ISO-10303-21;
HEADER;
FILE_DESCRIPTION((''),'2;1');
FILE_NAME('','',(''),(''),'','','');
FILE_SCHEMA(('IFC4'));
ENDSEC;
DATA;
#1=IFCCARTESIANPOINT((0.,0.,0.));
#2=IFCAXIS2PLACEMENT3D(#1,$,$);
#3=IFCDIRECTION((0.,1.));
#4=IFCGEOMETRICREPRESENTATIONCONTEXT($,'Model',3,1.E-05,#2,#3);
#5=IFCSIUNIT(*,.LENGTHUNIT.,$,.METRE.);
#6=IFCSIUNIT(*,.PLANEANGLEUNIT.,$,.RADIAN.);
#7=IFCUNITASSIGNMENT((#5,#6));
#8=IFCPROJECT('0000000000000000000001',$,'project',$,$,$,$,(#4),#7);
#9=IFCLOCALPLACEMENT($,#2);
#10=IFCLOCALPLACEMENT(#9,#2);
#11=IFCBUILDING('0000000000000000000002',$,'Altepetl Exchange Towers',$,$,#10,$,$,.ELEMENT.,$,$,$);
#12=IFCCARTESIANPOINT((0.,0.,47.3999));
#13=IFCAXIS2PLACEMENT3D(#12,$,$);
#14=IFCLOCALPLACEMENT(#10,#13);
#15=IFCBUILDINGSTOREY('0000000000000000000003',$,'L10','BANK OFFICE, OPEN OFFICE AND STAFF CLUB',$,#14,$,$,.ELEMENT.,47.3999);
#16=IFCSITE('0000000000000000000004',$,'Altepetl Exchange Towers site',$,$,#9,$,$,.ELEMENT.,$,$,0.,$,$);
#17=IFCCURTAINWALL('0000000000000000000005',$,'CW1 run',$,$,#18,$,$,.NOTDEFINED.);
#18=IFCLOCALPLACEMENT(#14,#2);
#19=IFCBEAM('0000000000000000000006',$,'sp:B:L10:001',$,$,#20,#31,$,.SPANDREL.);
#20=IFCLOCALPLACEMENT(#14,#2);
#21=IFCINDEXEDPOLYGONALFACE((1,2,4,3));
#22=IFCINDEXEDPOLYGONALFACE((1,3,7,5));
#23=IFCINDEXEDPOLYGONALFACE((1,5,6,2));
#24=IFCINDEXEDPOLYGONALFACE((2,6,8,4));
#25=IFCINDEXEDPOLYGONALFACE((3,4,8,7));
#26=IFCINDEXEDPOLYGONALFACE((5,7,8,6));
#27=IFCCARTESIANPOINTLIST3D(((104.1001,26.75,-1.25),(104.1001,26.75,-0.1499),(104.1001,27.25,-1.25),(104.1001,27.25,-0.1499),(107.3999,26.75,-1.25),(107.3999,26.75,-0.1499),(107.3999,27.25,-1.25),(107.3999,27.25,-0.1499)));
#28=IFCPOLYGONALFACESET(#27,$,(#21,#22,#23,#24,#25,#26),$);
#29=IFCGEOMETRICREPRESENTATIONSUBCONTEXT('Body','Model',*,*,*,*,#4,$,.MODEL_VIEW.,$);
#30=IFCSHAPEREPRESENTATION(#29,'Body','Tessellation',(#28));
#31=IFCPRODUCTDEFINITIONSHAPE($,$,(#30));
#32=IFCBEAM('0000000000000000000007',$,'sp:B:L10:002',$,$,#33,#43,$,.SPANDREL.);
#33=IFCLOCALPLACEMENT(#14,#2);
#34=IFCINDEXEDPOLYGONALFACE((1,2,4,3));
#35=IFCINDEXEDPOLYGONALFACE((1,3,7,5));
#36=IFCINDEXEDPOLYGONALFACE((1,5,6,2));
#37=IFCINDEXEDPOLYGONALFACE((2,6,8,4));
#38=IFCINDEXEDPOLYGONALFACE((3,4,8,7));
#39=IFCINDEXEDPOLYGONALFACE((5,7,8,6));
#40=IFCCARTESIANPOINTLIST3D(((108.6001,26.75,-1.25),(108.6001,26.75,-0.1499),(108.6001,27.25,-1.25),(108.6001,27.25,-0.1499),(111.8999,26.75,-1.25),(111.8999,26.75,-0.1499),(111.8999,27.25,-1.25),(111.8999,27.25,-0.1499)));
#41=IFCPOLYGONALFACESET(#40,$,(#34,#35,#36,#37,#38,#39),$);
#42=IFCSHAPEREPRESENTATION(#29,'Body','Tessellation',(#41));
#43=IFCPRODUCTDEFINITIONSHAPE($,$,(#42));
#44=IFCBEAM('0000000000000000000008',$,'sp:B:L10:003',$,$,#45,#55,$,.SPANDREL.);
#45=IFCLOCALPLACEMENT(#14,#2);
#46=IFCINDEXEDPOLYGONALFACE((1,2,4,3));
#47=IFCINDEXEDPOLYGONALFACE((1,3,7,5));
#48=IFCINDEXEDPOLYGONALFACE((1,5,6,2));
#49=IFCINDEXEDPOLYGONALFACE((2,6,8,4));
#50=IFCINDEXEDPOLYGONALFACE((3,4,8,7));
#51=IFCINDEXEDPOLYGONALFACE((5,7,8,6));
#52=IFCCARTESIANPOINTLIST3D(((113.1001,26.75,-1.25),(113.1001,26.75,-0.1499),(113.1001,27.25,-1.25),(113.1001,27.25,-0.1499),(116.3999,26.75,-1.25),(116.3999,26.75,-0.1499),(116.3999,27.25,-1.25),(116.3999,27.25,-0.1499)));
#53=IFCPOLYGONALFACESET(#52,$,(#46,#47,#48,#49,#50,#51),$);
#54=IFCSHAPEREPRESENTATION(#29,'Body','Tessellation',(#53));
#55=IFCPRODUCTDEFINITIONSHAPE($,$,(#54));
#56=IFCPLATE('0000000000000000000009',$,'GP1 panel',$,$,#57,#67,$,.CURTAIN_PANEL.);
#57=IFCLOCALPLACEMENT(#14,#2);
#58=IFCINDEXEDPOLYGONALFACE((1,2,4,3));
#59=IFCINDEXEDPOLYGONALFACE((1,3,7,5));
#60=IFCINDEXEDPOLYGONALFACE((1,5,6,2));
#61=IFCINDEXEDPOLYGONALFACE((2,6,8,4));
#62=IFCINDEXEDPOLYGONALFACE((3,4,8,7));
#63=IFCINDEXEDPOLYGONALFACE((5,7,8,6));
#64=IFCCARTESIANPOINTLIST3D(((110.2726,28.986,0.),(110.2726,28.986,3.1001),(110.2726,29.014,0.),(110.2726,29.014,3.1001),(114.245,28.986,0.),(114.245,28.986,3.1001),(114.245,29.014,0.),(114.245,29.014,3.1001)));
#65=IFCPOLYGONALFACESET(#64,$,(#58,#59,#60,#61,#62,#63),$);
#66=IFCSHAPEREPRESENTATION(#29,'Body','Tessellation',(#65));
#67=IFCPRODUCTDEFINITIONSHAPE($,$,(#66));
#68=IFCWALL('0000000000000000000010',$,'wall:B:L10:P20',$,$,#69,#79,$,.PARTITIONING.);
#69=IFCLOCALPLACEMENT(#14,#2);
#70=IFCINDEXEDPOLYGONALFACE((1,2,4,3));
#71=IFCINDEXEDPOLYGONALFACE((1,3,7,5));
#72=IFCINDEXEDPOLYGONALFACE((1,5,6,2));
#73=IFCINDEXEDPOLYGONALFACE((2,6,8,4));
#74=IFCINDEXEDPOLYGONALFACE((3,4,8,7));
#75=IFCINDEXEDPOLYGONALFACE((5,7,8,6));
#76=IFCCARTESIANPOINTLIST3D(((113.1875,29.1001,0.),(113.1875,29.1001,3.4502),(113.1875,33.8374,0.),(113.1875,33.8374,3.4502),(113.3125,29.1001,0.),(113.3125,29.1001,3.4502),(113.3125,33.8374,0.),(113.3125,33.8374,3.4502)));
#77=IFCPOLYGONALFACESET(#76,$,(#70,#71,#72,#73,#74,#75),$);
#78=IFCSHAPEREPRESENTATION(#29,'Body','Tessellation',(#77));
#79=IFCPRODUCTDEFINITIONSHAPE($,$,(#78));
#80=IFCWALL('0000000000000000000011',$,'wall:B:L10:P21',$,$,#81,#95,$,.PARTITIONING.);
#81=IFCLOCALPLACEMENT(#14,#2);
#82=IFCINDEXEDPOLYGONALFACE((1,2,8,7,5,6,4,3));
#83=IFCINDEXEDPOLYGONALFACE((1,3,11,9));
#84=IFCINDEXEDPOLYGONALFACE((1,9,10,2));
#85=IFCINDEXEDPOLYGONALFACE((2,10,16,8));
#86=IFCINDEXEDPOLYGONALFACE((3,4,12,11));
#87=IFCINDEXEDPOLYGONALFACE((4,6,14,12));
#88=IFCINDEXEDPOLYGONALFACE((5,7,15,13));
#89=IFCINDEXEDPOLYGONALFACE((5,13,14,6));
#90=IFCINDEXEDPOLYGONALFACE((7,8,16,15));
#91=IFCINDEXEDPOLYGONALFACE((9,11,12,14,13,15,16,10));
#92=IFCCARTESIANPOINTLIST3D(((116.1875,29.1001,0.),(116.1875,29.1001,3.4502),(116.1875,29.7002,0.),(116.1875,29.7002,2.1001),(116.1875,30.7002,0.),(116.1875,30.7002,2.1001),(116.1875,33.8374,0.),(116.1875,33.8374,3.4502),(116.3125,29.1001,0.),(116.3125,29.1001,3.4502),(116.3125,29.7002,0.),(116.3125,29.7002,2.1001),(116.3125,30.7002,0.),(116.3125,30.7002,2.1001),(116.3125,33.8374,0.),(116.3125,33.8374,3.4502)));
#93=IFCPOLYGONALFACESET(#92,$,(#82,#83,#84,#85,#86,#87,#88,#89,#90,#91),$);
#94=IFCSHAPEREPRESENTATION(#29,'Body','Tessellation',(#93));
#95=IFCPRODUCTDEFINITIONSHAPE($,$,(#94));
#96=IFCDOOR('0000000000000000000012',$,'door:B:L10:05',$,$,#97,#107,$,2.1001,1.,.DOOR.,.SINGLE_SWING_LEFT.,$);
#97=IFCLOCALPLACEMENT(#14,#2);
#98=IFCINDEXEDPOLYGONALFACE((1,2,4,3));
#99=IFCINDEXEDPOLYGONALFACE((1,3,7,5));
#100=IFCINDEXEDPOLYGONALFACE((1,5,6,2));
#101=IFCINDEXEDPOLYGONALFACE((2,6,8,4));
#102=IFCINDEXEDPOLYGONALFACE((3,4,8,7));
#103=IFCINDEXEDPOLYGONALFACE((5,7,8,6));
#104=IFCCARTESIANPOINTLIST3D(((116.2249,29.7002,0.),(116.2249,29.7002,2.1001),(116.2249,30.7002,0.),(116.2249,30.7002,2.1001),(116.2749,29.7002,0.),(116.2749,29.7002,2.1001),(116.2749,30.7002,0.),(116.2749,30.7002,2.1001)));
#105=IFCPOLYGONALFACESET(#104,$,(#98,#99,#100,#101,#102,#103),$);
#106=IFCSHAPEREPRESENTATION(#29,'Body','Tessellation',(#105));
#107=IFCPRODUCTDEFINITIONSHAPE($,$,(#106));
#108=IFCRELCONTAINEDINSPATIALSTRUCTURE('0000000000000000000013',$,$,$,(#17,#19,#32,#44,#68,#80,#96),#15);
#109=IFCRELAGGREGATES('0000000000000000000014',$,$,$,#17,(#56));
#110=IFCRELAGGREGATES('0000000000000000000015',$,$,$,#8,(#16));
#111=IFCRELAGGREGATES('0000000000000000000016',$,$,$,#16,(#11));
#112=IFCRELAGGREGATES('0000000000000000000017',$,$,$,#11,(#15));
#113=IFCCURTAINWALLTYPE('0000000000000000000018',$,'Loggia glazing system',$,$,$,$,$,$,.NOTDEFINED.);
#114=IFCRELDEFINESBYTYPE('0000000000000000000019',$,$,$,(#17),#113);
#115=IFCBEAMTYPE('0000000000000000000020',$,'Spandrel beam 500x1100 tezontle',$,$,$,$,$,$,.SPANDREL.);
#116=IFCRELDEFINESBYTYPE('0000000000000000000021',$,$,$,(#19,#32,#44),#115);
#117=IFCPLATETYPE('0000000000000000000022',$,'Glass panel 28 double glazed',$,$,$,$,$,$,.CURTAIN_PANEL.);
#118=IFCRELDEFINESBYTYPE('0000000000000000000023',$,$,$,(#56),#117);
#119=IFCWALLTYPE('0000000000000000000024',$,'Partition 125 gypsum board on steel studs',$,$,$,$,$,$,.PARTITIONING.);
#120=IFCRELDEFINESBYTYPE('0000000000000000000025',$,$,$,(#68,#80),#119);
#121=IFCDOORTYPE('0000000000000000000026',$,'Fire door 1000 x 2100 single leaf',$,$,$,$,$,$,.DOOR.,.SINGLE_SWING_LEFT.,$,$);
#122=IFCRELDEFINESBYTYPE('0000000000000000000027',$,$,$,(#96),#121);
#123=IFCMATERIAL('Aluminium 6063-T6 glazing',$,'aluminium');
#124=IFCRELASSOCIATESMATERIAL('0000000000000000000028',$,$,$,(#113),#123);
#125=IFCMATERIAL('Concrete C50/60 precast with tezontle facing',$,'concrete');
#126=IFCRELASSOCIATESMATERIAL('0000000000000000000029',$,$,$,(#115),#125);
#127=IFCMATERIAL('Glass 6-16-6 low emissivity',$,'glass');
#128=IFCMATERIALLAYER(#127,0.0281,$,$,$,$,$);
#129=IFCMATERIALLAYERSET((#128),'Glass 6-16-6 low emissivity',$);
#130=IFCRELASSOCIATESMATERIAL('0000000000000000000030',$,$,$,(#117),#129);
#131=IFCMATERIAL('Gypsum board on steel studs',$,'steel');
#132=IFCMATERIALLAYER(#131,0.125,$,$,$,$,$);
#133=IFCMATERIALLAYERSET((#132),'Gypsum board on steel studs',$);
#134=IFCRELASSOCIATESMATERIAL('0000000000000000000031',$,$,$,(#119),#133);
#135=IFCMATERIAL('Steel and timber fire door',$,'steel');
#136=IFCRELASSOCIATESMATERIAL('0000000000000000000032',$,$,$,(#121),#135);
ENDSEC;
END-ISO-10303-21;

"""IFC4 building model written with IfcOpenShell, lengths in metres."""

from ifc_helpers import new_model, si_unit, direction, frame, frame_2d, origin, origin_2d, place, context, subcontext, project, spatial, rectangle, extrude, material, layer, layer_set, material_profile, profile_set, type_object, element, fill, aggregate, save


model = new_model("IFC4")

# Units and contexts
model_context = context("Model", 3, precision=1e-05, world=origin(), true_north=direction((0.0, 1.0)))
body_context = subcontext(model_context, "Body", "Model", "MODEL_VIEW")
ifc_project = project(units=[si_unit("LENGTHUNIT", "METRE"), si_unit("PLANEANGLEUNIT", "RADIAN")], contexts=[model_context])

# Site, building, storey
site_placement = place(None, origin())
site = spatial("IfcSite", under=ifc_project, at=site_placement, Name="Altepetl Exchange Towers site", CompositionType="ELEMENT", RefElevation=0.0)
building_placement = place(site_placement, origin())
building = spatial("IfcBuilding", under=site, at=building_placement, Name="Altepetl Exchange Towers", CompositionType="ELEMENT")
storey_placement = place(building_placement, frame((0.0, 0.0, 47.3999)))
storey = spatial("IfcBuildingStorey", under=building, at=storey_placement, Name="L10", Description="BANK OFFICE, OPEN OFFICE AND STAFF CLUB", CompositionType="ELEMENT", Elevation=47.3999)

# Shared definitions
ifc_material_1 = material(Name="Aluminium 6063-T6 glazing", Category="aluminium")
curtain_wall_type = type_object("IfcCurtainWallType", Name="Loggia glazing system", PredefinedType="NOTDEFINED", material=ifc_material_1)

# Curtain wall
curtain_wall_1_placement = place(storey_placement, origin())
curtain_wall_1 = element("IfcCurtainWall", 1, at=curtain_wall_1_placement, inside=storey, type_object=curtain_wall_type, Name="CW1 run", PredefinedType="NOTDEFINED")

# Beams
ifc_material_2 = material(Name="Concrete C50/60 precast with tezontle facing", Category="concrete")
ifc_material_profile_1 = material_profile(ifc_material_2, rectangle(XDim=0.5, YDim=1.1001, at=origin_2d()), Name="500 x 1100")
ifc_profile_set_1 = profile_set([ifc_material_profile_1], Name="Concrete C50/60 precast with tezontle facing")
beam_type_1 = type_object("IfcBeamType", Name="Spandrel beam 500x1100 tezontle", PredefinedType="SPANDREL", material=ifc_profile_set_1)
for number, where, z_axis, x_axis, name in (
    (2, (104.1001, 27.0, -0.7), (1.0, 0.0, 0.0), (0.0, 1.0, 0.0), "sp:B:L10:001"),
    (3, (108.6001, 27.0, -0.7), (1.0, 0.0, 0.0), (0.0, 1.0, 0.0), "sp:B:L10:002"),
    (4, (113.1001, 27.0, -0.7), (1.0, 0.0, 0.0), (0.0, 1.0, 0.0), "sp:B:L10:003"),
):
    element("IfcBeam", number, at=place(storey_placement, frame(where, z_axis=z_axis, x_axis=x_axis)), inside=storey, type_object=beam_type_1, Name=name, PredefinedType="SPANDREL", context=body_context, shape_type="SweptSolid", body=[
        extrude(rectangle(XDim=0.5, YDim=1.1001, at=origin_2d()), origin(), (0.0, 0.0, 1.0), 3.2998),
    ])

# Plate
ifc_material_3 = material(Name="Glass 6-16-6 low emissivity", Category="glass")
ifc_layer_1 = layer(ifc_material_3, 0.0281)
ifc_layer_set_1 = layer_set([ifc_layer_1], Name="Glass 6-16-6 low emissivity")
plate_type = type_object("IfcPlateType", Name="Glass panel 28 double glazed", PredefinedType="CURTAIN_PANEL", material=ifc_layer_set_1)
plate_placement = place(storey_placement, frame((112.2588, 29.0, 0.0)))
plate = element("IfcPlate", 5, at=plate_placement, type_object=plate_type, Name="GP1 panel", PredefinedType="CURTAIN_PANEL", context=body_context, shape_type="SweptSolid", body=[
    extrude(rectangle(XDim=3.9724, YDim=0.0281, at=origin_2d()), origin(), (0.0, 0.0, 1.0), 3.1001),
])
aggregate(curtain_wall_1, [plate])

# Wall
ifc_material_4 = material(Name="Gypsum board on steel studs", Category="steel")
ifc_layer_2 = layer(ifc_material_4, 0.125)
ifc_layer_set_2 = layer_set([ifc_layer_2], Name="Gypsum board on steel studs")
wall_type_1 = type_object("IfcWallType", Name="Partition 125 gypsum board on steel studs", PredefinedType="PARTITIONING", material=ifc_layer_set_2)
wall_1_placement = place(storey_placement, frame((113.25, 29.1001, 0.0), z_axis=(0.0, 0.0, 1.0), x_axis=(0.0, 1.0, 0.0)))
element("IfcWall", 6, at=wall_1_placement, inside=storey, type_object=wall_type_1, Name="wall:B:L10:P20", PredefinedType="PARTITIONING", context=body_context, shape_type="SweptSolid", body=[
    extrude(rectangle(XDim=4.7373, YDim=0.125, at=frame_2d((2.3687, 0.0))), origin(), (0.0, 0.0, 1.0), 3.4502),
])

# Wall, opening, door
wall_2_placement = place(storey_placement, frame((116.25, 29.1001, 0.0), z_axis=(0.0, 0.0, 1.0), x_axis=(0.0, 1.0, 0.0)))
wall_2 = element("IfcWall", 7, at=wall_2_placement, inside=storey, type_object=wall_type_1, Name="wall:B:L10:P21", PredefinedType="PARTITIONING", context=body_context, shape_type="SweptSolid", body=[
    extrude(rectangle(XDim=4.7373, YDim=0.125, at=frame_2d((2.3687, 0.0))), origin(), (0.0, 0.0, 1.0), 3.4502),
])
opening_1_placement = place(wall_2_placement, frame((0.6001, 0.0, 0.0)))
opening_1 = element("IfcOpeningElement", 8, at=opening_1_placement, cuts=wall_2, PredefinedType="OPENING", context=body_context, shape_type="SweptSolid", body=[
    extrude(rectangle(XDim=1.0, YDim=2.1001, at=frame_2d((0.5, 1.05))), frame((0.0, 0.0725, 0.0), z_axis=(0.0, -1.0, 0.0), x_axis=(1.0, 0.0, 0.0)), (0.0, 0.0, 1.0), 0.145),
])
ifc_material_5 = material(Name="Steel and timber fire door", Category="steel")
door_type_1 = type_object("IfcDoorType", Name="Fire door 1000 x 2100 single leaf", OperationType="SINGLE_SWING_LEFT", PredefinedType="DOOR", material=ifc_material_5)
door_1_placement = place(opening_1_placement, frame((1.0, 0.0, 0.0), x_axis=(-1.0, 0.0, 0.0)))
door_1 = element("IfcDoor", 9, at=door_1_placement, inside=storey, type_object=door_type_1, Name="door:B:L10:05", OperationType="SINGLE_SWING_LEFT", OverallHeight=2.1001, OverallWidth=1.0, PredefinedType="DOOR", context=body_context, shape_type="SweptSolid", body=[
    extrude(rectangle(XDim=1.0, YDim=2.1001, at=frame_2d((0.5, 1.05))), frame((0.0, 0.0249, 0.0), z_axis=(0.0, -1.0, 0.0), x_axis=(1.0, 0.0, 0.0)), (0.0, 0.0, 1.0), 0.05),
])
fill(opening_1, door_1)

save(model, "model.ifc")
